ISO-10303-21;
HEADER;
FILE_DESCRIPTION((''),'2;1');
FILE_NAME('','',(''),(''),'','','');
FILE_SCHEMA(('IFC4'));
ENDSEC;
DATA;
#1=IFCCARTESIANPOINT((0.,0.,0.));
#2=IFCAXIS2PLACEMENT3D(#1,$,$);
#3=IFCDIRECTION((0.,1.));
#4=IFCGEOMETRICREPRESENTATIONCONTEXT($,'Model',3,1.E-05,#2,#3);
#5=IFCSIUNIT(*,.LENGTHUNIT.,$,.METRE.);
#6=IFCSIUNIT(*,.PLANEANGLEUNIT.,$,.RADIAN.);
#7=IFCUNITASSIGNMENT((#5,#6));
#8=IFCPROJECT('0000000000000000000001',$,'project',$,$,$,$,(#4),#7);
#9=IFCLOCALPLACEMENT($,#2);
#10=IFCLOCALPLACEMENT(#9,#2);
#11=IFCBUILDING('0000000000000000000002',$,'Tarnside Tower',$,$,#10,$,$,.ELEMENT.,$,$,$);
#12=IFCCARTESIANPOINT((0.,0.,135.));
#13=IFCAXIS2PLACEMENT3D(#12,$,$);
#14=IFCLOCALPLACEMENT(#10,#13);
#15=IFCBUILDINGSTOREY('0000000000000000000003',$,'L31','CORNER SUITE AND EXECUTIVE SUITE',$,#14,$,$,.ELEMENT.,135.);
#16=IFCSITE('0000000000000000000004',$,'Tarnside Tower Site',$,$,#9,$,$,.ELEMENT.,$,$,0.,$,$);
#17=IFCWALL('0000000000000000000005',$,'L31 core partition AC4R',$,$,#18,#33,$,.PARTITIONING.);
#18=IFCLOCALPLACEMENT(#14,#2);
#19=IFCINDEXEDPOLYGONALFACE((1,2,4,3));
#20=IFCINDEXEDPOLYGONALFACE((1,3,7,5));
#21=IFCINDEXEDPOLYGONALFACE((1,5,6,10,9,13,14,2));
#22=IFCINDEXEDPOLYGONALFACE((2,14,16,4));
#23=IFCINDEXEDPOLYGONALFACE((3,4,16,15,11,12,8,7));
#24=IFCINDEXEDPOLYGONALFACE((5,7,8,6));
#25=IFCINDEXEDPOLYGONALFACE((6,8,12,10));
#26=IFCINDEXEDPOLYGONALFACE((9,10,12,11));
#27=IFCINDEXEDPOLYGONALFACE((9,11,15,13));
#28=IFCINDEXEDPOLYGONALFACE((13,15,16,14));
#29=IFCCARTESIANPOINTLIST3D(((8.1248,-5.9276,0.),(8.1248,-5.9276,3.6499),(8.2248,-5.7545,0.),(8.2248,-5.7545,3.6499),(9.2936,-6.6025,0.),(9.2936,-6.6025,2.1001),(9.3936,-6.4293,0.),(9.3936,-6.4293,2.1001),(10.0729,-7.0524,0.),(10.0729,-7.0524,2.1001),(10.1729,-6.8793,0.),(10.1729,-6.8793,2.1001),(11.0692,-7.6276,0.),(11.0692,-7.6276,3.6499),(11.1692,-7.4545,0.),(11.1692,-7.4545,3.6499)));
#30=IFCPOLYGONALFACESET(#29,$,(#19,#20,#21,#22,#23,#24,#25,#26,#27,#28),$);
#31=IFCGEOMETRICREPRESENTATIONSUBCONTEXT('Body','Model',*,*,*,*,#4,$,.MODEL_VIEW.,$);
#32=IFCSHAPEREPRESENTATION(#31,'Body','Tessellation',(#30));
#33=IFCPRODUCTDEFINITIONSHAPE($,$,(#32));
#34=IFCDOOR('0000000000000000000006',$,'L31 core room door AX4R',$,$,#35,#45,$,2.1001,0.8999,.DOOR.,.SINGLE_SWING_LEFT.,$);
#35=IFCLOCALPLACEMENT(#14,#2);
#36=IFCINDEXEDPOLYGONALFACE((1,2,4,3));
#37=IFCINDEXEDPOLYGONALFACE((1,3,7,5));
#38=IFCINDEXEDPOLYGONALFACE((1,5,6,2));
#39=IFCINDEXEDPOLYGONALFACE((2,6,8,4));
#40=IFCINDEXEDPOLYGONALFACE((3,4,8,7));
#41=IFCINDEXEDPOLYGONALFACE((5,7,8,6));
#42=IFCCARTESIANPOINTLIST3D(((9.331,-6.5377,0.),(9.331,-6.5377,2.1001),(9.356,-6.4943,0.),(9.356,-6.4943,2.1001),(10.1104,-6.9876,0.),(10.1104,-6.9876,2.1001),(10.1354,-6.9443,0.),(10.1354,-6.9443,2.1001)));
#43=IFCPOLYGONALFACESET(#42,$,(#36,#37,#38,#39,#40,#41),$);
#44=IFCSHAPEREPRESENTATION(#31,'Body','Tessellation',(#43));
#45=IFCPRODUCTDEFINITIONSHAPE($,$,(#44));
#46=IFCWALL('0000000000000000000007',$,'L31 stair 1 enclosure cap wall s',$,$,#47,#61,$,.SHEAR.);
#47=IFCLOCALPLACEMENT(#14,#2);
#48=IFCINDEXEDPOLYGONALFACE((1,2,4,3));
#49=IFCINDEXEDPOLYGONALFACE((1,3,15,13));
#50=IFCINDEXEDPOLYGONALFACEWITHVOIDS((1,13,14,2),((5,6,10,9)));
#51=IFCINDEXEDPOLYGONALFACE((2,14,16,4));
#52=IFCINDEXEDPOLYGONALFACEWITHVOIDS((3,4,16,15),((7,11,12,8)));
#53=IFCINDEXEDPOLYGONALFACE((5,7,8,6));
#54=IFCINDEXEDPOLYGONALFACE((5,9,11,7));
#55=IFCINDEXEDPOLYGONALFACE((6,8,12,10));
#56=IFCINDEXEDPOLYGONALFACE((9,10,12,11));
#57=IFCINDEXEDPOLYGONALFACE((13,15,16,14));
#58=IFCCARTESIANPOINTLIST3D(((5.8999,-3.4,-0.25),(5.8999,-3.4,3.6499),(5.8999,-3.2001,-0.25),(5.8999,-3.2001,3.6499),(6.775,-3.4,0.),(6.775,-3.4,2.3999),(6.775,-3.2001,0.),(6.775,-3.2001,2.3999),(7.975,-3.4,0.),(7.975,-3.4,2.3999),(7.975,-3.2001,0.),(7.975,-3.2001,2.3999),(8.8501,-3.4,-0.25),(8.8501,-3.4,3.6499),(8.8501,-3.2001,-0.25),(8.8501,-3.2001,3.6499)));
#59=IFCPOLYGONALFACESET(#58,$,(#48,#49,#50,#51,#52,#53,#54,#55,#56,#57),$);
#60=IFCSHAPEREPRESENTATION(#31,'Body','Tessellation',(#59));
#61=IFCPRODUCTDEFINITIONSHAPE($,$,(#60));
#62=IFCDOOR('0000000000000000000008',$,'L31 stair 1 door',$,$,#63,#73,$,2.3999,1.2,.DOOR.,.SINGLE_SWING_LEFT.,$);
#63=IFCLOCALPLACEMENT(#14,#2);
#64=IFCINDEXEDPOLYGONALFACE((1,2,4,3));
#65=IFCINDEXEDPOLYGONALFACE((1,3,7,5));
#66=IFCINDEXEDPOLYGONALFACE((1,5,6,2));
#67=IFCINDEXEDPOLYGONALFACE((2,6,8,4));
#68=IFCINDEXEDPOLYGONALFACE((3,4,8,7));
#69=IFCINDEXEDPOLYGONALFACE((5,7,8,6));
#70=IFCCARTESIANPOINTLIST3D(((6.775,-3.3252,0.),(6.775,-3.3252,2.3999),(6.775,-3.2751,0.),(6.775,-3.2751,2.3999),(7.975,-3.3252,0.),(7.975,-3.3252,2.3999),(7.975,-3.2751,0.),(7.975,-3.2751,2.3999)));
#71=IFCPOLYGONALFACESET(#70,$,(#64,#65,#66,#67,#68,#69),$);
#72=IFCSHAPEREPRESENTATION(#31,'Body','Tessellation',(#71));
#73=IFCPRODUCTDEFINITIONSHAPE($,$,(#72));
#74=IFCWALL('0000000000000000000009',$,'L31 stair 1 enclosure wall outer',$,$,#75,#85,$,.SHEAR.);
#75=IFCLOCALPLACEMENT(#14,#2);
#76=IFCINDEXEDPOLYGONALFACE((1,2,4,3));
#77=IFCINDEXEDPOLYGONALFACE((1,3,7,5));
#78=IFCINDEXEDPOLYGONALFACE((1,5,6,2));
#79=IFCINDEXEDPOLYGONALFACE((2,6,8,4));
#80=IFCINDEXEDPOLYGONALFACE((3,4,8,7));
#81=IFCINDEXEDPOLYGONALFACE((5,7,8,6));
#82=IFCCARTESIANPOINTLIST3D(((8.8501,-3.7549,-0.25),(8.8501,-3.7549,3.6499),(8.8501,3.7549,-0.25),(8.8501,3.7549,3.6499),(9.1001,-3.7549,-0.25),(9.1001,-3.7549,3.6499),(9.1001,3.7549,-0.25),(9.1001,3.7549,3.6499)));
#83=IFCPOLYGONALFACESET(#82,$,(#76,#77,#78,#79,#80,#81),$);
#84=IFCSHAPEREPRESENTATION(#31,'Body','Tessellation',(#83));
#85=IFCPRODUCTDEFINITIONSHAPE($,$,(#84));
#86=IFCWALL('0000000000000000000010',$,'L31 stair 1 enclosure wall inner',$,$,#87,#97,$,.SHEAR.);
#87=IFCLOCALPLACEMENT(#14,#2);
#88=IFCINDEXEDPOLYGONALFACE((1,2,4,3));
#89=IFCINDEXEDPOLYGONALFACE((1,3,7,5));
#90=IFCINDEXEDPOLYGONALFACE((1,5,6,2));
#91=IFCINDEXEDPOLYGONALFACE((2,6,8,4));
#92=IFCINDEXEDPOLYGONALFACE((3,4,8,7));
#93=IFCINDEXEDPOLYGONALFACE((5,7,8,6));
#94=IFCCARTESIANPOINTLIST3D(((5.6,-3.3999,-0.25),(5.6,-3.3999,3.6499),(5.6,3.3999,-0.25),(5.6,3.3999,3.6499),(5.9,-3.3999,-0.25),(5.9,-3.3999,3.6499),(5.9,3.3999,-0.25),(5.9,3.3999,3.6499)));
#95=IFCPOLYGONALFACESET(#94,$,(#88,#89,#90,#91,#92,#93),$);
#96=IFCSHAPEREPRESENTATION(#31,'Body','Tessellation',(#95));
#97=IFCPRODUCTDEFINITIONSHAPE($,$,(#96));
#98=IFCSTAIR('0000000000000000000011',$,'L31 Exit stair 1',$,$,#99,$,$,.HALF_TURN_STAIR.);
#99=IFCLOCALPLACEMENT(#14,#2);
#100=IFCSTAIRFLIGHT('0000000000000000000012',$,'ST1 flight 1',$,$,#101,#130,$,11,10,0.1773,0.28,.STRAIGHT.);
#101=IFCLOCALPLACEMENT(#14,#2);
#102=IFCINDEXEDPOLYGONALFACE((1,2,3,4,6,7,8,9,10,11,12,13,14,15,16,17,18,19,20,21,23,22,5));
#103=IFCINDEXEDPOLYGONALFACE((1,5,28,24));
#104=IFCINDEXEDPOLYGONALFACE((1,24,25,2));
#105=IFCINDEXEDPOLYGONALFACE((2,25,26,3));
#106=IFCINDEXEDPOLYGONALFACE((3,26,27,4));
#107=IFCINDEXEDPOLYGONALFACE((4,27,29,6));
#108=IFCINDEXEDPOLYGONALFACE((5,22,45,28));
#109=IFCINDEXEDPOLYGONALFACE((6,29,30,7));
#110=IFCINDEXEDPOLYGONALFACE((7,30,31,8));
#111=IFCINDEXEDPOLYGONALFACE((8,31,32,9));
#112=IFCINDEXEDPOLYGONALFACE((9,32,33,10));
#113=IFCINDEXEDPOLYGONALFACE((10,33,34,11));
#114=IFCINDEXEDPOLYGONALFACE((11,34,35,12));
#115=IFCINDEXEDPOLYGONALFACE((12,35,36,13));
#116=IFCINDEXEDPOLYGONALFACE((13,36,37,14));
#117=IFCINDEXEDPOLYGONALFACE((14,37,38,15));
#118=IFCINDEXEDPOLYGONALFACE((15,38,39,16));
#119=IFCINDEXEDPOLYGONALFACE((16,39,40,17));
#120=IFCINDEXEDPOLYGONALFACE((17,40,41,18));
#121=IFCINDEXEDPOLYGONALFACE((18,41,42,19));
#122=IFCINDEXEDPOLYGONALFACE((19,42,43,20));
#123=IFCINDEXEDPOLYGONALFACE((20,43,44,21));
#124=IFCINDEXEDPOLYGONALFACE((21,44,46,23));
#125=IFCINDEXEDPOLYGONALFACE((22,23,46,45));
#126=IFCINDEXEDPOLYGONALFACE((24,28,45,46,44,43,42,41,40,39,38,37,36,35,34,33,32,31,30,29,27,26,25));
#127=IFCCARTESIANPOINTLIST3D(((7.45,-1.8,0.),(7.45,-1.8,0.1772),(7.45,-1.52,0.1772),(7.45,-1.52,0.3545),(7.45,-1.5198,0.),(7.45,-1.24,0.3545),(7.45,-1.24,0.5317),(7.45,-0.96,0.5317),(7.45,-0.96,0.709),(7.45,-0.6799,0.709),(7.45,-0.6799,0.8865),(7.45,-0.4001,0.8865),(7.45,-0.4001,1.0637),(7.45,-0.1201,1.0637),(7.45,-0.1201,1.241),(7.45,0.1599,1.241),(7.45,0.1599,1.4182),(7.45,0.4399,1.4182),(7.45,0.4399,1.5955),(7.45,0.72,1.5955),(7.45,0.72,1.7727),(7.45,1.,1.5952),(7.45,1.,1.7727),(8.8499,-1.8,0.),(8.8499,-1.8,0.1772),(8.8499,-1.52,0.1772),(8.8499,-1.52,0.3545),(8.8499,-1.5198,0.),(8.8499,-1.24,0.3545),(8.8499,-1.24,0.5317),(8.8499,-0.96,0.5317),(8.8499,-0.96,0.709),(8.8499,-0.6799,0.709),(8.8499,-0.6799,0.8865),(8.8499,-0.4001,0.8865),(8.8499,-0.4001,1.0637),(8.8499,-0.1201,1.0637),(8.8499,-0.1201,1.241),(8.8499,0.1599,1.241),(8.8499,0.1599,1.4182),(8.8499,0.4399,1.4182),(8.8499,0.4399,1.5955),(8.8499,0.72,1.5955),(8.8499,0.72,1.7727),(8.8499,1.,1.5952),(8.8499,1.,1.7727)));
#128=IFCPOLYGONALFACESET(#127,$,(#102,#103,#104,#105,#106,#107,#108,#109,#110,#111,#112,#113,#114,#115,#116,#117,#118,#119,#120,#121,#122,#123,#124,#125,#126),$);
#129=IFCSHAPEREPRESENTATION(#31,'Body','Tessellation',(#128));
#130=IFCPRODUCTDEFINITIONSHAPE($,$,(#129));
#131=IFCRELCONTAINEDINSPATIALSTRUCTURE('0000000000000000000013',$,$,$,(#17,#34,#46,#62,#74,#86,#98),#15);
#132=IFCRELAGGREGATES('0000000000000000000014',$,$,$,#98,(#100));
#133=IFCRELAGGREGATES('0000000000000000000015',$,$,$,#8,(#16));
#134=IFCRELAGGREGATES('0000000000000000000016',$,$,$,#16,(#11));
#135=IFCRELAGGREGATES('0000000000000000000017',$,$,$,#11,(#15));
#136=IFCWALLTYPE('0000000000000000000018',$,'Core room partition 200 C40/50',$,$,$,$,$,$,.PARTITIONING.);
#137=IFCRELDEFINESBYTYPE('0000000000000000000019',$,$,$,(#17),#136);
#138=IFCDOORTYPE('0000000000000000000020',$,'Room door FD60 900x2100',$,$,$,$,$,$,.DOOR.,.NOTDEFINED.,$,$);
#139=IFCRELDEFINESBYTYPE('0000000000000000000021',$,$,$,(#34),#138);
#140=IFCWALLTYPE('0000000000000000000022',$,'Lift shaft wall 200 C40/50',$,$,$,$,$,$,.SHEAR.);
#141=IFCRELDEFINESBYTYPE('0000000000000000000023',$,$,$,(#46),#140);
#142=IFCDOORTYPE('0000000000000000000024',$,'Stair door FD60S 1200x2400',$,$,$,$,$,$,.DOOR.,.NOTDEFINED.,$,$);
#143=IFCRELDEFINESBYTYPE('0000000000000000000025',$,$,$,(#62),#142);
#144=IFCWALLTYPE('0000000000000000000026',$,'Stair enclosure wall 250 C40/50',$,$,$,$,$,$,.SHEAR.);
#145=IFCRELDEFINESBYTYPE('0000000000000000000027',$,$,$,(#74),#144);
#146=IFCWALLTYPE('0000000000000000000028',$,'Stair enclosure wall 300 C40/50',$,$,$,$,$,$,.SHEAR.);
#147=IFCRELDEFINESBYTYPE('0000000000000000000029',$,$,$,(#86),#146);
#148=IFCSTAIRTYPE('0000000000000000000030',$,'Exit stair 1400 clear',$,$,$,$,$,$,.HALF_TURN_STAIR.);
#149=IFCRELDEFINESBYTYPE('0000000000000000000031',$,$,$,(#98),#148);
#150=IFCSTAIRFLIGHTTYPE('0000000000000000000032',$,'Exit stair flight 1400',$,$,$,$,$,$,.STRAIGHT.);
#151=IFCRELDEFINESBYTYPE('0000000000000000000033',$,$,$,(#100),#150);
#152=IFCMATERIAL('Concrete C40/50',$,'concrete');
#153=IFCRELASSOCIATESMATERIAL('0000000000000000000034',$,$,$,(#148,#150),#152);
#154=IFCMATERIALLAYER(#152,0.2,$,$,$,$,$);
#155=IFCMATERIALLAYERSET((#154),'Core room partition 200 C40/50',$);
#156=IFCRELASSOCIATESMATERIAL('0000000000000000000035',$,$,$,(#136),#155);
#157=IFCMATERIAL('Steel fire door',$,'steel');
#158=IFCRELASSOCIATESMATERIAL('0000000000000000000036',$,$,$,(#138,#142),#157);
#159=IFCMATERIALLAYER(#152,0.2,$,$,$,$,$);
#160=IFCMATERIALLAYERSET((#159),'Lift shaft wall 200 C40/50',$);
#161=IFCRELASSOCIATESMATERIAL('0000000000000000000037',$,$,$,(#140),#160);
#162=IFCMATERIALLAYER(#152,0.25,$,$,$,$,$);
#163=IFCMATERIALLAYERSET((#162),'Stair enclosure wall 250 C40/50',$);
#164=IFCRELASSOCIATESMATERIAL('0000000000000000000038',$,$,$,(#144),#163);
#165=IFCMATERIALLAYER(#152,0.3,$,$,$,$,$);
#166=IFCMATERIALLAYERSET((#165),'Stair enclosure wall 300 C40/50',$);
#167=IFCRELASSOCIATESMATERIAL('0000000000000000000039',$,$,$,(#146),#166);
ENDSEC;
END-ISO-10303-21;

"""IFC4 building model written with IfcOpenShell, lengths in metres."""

from ifc_helpers import new_model, si_unit, direction, frame, frame_2d, origin, place, context, subcontext, project, spatial, polyline, rectangle, outline, extrude, material, layer, layer_set, type_object, element, fill, aggregate, save


model = new_model("IFC4")

# Units and contexts
model_context = context("Model", 3, precision=1e-05, world=origin(), true_north=direction((0.0, 1.0)))
body_context = subcontext(model_context, "Body", "Model", "MODEL_VIEW")
ifc_project = project(units=[si_unit("LENGTHUNIT", "METRE"), si_unit("PLANEANGLEUNIT", "RADIAN")], contexts=[model_context])

# Site, building, storey
site_placement = place(None, origin())
site = spatial("IfcSite", under=ifc_project, at=site_placement, Name="Tarnside Tower Site", CompositionType="ELEMENT", RefElevation=0.0)
building_placement = place(site_placement, origin())
building = spatial("IfcBuilding", under=site, at=building_placement, Name="Tarnside Tower", CompositionType="ELEMENT")
storey_placement = place(building_placement, frame((0.0, 0.0, 135.0)))
storey = spatial("IfcBuildingStorey", under=building, at=storey_placement, Name="L31", Description="CORNER SUITE AND EXECUTIVE SUITE", CompositionType="ELEMENT", Elevation=135.0)

# Shared definitions
ifc_material_1 = material(Name="Concrete C40/50", Category="concrete")

# Shared definitions
stair_type = type_object("IfcStairType", Name="Exit stair 1400 clear", PredefinedType="HALF_TURN_STAIR", material=ifc_material_1)

# Walls, openings, doors
ifc_layer_1 = layer(ifc_material_1, 0.2)
ifc_layer_set_1 = layer_set([ifc_layer_1], Name="Core room partition 200 C40/50")
wall_type_1 = type_object("IfcWallType", Name="Core room partition 200 C40/50", PredefinedType="PARTITIONING", material=ifc_layer_set_1)
ifc_material_2 = material(Name="Steel fire door", Category="steel")
door_type_1 = type_object("IfcDoorType", Name="Room door FD60 900x2100", OperationType="NOTDEFINED", PredefinedType="DOOR", material=ifc_material_2)
wall_1_placement = place(storey_placement, frame((8.1748, -5.8411, 0.0), z_axis=(0.0, 0.0, 1.0), x_axis=(0.866021, -0.500008, 0.0)))
wall_1 = element("IfcWall", 1, at=wall_1_placement, inside=storey, type_object=wall_type_1, Name="L31 core partition AC4R", PredefinedType="PARTITIONING", context=body_context, shape_type="SweptSolid", body=[
    extrude(rectangle(XDim=3.3999, YDim=0.2, at=frame_2d((1.7, 0.0))), origin(), (0.0, 0.0, 1.0), 3.6499),
])
opening_1_placement = place(wall_1_placement, frame((1.3496, 0.0, 0.0)))
opening_1 = element("IfcOpeningElement", 2, at=opening_1_placement, cuts=wall_1, PredefinedType="OPENING", context=body_context, shape_type="SweptSolid", body=[
    extrude(rectangle(XDim=0.8999, YDim=2.1001, at=frame_2d((0.45, 1.05))), frame((0.0, 0.1099, 0.0), z_axis=(0.0, -1.0, 0.0), x_axis=(1.0, 0.0, 0.0)), (0.0, 0.0, 1.0), 0.22),
])
door_1_placement = place(opening_1_placement, origin())
door_1 = element("IfcDoor", 3, at=door_1_placement, inside=storey, type_object=door_type_1, Name="L31 core room door AX4R", OperationType="SINGLE_SWING_LEFT", OverallHeight=2.1001, OverallWidth=0.8999, PredefinedType="DOOR", context=body_context, shape_type="SweptSolid", body=[
    extrude(rectangle(XDim=0.8999, YDim=2.1001, at=frame_2d((0.45, 1.05))), frame((0.0, 0.0249, 0.0), z_axis=(0.0, -1.0, 0.0), x_axis=(1.0, 0.0, 0.0)), (0.0, 0.0, 1.0), 0.05),
])
fill(opening_1, door_1)
ifc_layer_2 = layer(ifc_material_1, 0.2)
ifc_layer_set_2 = layer_set([ifc_layer_2], Name="Lift shaft wall 200 C40/50")
wall_type_2 = type_object("IfcWallType", Name="Lift shaft wall 200 C40/50", PredefinedType="SHEAR", material=ifc_layer_set_2)
wall_2_placement = place(storey_placement, frame((5.8999, -3.3, -0.25), z_axis=(0.0, 0.0, 1.0), x_axis=(1.0, 0.0, 0.0)))
wall_2 = element("IfcWall", 4, at=wall_2_placement, inside=storey, type_object=wall_type_2, Name="L31 stair 1 enclosure cap wall s", PredefinedType="SHEAR", context=body_context, shape_type="SweptSolid", body=[
    extrude(rectangle(XDim=2.9502, YDim=0.2, at=frame_2d((1.4751, 0.0))), origin(), (0.0, 0.0, 1.0), 3.8999),
])
opening_2_placement = place(wall_2_placement, frame((0.875, 0.0, 0.25)))
opening_2 = element("IfcOpeningElement", 5, at=opening_2_placement, cuts=wall_2, PredefinedType="OPENING", context=body_context, shape_type="SweptSolid", body=[
    extrude(rectangle(XDim=1.2, YDim=2.3999, at=frame_2d((0.6001, 1.2))), frame((0.0, 0.1099, 0.0), z_axis=(0.0, -1.0, 0.0), x_axis=(1.0, 0.0, 0.0)), (0.0, 0.0, 1.0), 0.22),
])
door_type_2 = type_object("IfcDoorType", Name="Stair door FD60S 1200x2400", OperationType="NOTDEFINED", PredefinedType="DOOR", material=ifc_material_2)
door_2_placement = place(opening_2_placement, origin())
door_2 = element("IfcDoor", 6, at=door_2_placement, inside=storey, type_object=door_type_2, Name="L31 stair 1 door", OperationType="SINGLE_SWING_LEFT", OverallHeight=2.3999, OverallWidth=1.2, PredefinedType="DOOR", context=body_context, shape_type="SweptSolid", body=[
    extrude(rectangle(XDim=1.2, YDim=2.3999, at=frame_2d((0.6001, 1.2))), frame((0.0, 0.0249, 0.0), z_axis=(0.0, -1.0, 0.0), x_axis=(1.0, 0.0, 0.0)), (0.0, 0.0, 1.0), 0.05),
])
fill(opening_2, door_2)

# Walls
ifc_layer_3 = layer(ifc_material_1, 0.25)
ifc_layer_set_3 = layer_set([ifc_layer_3], Name="Stair enclosure wall 250 C40/50")
wall_type_3 = type_object("IfcWallType", Name="Stair enclosure wall 250 C40/50", PredefinedType="SHEAR", material=ifc_layer_set_3)
wall_3_placement = place(storey_placement, frame((8.9751, -3.7549, -0.25), z_axis=(0.0, 0.0, 1.0), x_axis=(0.0, 1.0, 0.0)))
element("IfcWall", 7, at=wall_3_placement, inside=storey, type_object=wall_type_3, Name="L31 stair 1 enclosure wall outer", PredefinedType="SHEAR", context=body_context, shape_type="SweptSolid", body=[
    extrude(rectangle(XDim=7.5098, YDim=0.25, at=frame_2d((3.7549, 0.0))), origin(), (0.0, 0.0, 1.0), 3.8999),
])
ifc_layer_4 = layer(ifc_material_1, 0.3)
ifc_layer_set_4 = layer_set([ifc_layer_4], Name="Stair enclosure wall 300 C40/50")
wall_type_4 = type_object("IfcWallType", Name="Stair enclosure wall 300 C40/50", PredefinedType="SHEAR", material=ifc_layer_set_4)
wall_4_placement = place(storey_placement, frame((5.75, -3.3999, -0.25), z_axis=(0.0, 0.0, 1.0), x_axis=(0.0, 1.0, 0.0)))
element("IfcWall", 8, at=wall_4_placement, inside=storey, type_object=wall_type_4, Name="L31 stair 1 enclosure wall inner", PredefinedType="SHEAR", context=body_context, shape_type="SweptSolid", body=[
    extrude(rectangle(XDim=6.7998, YDim=0.3, at=frame_2d((3.3999, 0.0))), origin(), (0.0, 0.0, 1.0), 3.8999),
])

# Stair, stair flight
stair_1_placement = place(storey_placement, origin())
stair_1 = element("IfcStair", 9, at=stair_1_placement, inside=storey, type_object=stair_type, Name="L31 Exit stair 1", PredefinedType="HALF_TURN_STAIR")
stair_flight_type = type_object("IfcStairFlightType", Name="Exit stair flight 1400", PredefinedType="STRAIGHT", material=ifc_material_1)
stair_flight_placement = place(storey_placement, frame((8.1499, -1.8, 0.0), z_axis=(0.0, 0.0, 1.0), x_axis=(0.0, 1.0, 0.0)))
stair_flight = element("IfcStairFlight", 10, at=stair_flight_placement, type_object=stair_flight_type, Name="ST1 flight 1", NumberOfRisers=11, NumberOfTreads=10, PredefinedType="STRAIGHT", RiserHeight=0.1773, TreadLength=0.28, context=body_context, shape_type="SweptSolid", body=[
    extrude(outline(polyline([(0.0, 0.0), (0.0, 0.1772), (0.28, 0.1772), (0.28, 0.3545), (0.5601, 0.3545), (0.5601, 0.5317), (0.8401, 0.5317), (0.8401, 0.709), (1.1201, 0.709), (1.1201, 0.8865), (1.3999, 0.8865), (1.3999, 1.0637), (1.6799, 1.0637), (1.6799, 1.241), (1.96, 1.241), (1.96, 1.4182), (2.24, 1.4182), (2.24, 1.5955), (2.52, 1.5955), (2.52, 1.7727), (2.8, 1.7727), (2.8, 1.95), (2.8, 1.5952), (0.2803, 0.0), (0.0, 0.0)])), frame((0.0, 0.7, 0.0), z_axis=(0.0, -1.0, 0.0), x_axis=(1.0, 0.0, 0.0)), (0.0, 0.0, 1.0), 1.3999),
])
aggregate(stair_1, [stair_flight])

save(model, "model.ifc")
